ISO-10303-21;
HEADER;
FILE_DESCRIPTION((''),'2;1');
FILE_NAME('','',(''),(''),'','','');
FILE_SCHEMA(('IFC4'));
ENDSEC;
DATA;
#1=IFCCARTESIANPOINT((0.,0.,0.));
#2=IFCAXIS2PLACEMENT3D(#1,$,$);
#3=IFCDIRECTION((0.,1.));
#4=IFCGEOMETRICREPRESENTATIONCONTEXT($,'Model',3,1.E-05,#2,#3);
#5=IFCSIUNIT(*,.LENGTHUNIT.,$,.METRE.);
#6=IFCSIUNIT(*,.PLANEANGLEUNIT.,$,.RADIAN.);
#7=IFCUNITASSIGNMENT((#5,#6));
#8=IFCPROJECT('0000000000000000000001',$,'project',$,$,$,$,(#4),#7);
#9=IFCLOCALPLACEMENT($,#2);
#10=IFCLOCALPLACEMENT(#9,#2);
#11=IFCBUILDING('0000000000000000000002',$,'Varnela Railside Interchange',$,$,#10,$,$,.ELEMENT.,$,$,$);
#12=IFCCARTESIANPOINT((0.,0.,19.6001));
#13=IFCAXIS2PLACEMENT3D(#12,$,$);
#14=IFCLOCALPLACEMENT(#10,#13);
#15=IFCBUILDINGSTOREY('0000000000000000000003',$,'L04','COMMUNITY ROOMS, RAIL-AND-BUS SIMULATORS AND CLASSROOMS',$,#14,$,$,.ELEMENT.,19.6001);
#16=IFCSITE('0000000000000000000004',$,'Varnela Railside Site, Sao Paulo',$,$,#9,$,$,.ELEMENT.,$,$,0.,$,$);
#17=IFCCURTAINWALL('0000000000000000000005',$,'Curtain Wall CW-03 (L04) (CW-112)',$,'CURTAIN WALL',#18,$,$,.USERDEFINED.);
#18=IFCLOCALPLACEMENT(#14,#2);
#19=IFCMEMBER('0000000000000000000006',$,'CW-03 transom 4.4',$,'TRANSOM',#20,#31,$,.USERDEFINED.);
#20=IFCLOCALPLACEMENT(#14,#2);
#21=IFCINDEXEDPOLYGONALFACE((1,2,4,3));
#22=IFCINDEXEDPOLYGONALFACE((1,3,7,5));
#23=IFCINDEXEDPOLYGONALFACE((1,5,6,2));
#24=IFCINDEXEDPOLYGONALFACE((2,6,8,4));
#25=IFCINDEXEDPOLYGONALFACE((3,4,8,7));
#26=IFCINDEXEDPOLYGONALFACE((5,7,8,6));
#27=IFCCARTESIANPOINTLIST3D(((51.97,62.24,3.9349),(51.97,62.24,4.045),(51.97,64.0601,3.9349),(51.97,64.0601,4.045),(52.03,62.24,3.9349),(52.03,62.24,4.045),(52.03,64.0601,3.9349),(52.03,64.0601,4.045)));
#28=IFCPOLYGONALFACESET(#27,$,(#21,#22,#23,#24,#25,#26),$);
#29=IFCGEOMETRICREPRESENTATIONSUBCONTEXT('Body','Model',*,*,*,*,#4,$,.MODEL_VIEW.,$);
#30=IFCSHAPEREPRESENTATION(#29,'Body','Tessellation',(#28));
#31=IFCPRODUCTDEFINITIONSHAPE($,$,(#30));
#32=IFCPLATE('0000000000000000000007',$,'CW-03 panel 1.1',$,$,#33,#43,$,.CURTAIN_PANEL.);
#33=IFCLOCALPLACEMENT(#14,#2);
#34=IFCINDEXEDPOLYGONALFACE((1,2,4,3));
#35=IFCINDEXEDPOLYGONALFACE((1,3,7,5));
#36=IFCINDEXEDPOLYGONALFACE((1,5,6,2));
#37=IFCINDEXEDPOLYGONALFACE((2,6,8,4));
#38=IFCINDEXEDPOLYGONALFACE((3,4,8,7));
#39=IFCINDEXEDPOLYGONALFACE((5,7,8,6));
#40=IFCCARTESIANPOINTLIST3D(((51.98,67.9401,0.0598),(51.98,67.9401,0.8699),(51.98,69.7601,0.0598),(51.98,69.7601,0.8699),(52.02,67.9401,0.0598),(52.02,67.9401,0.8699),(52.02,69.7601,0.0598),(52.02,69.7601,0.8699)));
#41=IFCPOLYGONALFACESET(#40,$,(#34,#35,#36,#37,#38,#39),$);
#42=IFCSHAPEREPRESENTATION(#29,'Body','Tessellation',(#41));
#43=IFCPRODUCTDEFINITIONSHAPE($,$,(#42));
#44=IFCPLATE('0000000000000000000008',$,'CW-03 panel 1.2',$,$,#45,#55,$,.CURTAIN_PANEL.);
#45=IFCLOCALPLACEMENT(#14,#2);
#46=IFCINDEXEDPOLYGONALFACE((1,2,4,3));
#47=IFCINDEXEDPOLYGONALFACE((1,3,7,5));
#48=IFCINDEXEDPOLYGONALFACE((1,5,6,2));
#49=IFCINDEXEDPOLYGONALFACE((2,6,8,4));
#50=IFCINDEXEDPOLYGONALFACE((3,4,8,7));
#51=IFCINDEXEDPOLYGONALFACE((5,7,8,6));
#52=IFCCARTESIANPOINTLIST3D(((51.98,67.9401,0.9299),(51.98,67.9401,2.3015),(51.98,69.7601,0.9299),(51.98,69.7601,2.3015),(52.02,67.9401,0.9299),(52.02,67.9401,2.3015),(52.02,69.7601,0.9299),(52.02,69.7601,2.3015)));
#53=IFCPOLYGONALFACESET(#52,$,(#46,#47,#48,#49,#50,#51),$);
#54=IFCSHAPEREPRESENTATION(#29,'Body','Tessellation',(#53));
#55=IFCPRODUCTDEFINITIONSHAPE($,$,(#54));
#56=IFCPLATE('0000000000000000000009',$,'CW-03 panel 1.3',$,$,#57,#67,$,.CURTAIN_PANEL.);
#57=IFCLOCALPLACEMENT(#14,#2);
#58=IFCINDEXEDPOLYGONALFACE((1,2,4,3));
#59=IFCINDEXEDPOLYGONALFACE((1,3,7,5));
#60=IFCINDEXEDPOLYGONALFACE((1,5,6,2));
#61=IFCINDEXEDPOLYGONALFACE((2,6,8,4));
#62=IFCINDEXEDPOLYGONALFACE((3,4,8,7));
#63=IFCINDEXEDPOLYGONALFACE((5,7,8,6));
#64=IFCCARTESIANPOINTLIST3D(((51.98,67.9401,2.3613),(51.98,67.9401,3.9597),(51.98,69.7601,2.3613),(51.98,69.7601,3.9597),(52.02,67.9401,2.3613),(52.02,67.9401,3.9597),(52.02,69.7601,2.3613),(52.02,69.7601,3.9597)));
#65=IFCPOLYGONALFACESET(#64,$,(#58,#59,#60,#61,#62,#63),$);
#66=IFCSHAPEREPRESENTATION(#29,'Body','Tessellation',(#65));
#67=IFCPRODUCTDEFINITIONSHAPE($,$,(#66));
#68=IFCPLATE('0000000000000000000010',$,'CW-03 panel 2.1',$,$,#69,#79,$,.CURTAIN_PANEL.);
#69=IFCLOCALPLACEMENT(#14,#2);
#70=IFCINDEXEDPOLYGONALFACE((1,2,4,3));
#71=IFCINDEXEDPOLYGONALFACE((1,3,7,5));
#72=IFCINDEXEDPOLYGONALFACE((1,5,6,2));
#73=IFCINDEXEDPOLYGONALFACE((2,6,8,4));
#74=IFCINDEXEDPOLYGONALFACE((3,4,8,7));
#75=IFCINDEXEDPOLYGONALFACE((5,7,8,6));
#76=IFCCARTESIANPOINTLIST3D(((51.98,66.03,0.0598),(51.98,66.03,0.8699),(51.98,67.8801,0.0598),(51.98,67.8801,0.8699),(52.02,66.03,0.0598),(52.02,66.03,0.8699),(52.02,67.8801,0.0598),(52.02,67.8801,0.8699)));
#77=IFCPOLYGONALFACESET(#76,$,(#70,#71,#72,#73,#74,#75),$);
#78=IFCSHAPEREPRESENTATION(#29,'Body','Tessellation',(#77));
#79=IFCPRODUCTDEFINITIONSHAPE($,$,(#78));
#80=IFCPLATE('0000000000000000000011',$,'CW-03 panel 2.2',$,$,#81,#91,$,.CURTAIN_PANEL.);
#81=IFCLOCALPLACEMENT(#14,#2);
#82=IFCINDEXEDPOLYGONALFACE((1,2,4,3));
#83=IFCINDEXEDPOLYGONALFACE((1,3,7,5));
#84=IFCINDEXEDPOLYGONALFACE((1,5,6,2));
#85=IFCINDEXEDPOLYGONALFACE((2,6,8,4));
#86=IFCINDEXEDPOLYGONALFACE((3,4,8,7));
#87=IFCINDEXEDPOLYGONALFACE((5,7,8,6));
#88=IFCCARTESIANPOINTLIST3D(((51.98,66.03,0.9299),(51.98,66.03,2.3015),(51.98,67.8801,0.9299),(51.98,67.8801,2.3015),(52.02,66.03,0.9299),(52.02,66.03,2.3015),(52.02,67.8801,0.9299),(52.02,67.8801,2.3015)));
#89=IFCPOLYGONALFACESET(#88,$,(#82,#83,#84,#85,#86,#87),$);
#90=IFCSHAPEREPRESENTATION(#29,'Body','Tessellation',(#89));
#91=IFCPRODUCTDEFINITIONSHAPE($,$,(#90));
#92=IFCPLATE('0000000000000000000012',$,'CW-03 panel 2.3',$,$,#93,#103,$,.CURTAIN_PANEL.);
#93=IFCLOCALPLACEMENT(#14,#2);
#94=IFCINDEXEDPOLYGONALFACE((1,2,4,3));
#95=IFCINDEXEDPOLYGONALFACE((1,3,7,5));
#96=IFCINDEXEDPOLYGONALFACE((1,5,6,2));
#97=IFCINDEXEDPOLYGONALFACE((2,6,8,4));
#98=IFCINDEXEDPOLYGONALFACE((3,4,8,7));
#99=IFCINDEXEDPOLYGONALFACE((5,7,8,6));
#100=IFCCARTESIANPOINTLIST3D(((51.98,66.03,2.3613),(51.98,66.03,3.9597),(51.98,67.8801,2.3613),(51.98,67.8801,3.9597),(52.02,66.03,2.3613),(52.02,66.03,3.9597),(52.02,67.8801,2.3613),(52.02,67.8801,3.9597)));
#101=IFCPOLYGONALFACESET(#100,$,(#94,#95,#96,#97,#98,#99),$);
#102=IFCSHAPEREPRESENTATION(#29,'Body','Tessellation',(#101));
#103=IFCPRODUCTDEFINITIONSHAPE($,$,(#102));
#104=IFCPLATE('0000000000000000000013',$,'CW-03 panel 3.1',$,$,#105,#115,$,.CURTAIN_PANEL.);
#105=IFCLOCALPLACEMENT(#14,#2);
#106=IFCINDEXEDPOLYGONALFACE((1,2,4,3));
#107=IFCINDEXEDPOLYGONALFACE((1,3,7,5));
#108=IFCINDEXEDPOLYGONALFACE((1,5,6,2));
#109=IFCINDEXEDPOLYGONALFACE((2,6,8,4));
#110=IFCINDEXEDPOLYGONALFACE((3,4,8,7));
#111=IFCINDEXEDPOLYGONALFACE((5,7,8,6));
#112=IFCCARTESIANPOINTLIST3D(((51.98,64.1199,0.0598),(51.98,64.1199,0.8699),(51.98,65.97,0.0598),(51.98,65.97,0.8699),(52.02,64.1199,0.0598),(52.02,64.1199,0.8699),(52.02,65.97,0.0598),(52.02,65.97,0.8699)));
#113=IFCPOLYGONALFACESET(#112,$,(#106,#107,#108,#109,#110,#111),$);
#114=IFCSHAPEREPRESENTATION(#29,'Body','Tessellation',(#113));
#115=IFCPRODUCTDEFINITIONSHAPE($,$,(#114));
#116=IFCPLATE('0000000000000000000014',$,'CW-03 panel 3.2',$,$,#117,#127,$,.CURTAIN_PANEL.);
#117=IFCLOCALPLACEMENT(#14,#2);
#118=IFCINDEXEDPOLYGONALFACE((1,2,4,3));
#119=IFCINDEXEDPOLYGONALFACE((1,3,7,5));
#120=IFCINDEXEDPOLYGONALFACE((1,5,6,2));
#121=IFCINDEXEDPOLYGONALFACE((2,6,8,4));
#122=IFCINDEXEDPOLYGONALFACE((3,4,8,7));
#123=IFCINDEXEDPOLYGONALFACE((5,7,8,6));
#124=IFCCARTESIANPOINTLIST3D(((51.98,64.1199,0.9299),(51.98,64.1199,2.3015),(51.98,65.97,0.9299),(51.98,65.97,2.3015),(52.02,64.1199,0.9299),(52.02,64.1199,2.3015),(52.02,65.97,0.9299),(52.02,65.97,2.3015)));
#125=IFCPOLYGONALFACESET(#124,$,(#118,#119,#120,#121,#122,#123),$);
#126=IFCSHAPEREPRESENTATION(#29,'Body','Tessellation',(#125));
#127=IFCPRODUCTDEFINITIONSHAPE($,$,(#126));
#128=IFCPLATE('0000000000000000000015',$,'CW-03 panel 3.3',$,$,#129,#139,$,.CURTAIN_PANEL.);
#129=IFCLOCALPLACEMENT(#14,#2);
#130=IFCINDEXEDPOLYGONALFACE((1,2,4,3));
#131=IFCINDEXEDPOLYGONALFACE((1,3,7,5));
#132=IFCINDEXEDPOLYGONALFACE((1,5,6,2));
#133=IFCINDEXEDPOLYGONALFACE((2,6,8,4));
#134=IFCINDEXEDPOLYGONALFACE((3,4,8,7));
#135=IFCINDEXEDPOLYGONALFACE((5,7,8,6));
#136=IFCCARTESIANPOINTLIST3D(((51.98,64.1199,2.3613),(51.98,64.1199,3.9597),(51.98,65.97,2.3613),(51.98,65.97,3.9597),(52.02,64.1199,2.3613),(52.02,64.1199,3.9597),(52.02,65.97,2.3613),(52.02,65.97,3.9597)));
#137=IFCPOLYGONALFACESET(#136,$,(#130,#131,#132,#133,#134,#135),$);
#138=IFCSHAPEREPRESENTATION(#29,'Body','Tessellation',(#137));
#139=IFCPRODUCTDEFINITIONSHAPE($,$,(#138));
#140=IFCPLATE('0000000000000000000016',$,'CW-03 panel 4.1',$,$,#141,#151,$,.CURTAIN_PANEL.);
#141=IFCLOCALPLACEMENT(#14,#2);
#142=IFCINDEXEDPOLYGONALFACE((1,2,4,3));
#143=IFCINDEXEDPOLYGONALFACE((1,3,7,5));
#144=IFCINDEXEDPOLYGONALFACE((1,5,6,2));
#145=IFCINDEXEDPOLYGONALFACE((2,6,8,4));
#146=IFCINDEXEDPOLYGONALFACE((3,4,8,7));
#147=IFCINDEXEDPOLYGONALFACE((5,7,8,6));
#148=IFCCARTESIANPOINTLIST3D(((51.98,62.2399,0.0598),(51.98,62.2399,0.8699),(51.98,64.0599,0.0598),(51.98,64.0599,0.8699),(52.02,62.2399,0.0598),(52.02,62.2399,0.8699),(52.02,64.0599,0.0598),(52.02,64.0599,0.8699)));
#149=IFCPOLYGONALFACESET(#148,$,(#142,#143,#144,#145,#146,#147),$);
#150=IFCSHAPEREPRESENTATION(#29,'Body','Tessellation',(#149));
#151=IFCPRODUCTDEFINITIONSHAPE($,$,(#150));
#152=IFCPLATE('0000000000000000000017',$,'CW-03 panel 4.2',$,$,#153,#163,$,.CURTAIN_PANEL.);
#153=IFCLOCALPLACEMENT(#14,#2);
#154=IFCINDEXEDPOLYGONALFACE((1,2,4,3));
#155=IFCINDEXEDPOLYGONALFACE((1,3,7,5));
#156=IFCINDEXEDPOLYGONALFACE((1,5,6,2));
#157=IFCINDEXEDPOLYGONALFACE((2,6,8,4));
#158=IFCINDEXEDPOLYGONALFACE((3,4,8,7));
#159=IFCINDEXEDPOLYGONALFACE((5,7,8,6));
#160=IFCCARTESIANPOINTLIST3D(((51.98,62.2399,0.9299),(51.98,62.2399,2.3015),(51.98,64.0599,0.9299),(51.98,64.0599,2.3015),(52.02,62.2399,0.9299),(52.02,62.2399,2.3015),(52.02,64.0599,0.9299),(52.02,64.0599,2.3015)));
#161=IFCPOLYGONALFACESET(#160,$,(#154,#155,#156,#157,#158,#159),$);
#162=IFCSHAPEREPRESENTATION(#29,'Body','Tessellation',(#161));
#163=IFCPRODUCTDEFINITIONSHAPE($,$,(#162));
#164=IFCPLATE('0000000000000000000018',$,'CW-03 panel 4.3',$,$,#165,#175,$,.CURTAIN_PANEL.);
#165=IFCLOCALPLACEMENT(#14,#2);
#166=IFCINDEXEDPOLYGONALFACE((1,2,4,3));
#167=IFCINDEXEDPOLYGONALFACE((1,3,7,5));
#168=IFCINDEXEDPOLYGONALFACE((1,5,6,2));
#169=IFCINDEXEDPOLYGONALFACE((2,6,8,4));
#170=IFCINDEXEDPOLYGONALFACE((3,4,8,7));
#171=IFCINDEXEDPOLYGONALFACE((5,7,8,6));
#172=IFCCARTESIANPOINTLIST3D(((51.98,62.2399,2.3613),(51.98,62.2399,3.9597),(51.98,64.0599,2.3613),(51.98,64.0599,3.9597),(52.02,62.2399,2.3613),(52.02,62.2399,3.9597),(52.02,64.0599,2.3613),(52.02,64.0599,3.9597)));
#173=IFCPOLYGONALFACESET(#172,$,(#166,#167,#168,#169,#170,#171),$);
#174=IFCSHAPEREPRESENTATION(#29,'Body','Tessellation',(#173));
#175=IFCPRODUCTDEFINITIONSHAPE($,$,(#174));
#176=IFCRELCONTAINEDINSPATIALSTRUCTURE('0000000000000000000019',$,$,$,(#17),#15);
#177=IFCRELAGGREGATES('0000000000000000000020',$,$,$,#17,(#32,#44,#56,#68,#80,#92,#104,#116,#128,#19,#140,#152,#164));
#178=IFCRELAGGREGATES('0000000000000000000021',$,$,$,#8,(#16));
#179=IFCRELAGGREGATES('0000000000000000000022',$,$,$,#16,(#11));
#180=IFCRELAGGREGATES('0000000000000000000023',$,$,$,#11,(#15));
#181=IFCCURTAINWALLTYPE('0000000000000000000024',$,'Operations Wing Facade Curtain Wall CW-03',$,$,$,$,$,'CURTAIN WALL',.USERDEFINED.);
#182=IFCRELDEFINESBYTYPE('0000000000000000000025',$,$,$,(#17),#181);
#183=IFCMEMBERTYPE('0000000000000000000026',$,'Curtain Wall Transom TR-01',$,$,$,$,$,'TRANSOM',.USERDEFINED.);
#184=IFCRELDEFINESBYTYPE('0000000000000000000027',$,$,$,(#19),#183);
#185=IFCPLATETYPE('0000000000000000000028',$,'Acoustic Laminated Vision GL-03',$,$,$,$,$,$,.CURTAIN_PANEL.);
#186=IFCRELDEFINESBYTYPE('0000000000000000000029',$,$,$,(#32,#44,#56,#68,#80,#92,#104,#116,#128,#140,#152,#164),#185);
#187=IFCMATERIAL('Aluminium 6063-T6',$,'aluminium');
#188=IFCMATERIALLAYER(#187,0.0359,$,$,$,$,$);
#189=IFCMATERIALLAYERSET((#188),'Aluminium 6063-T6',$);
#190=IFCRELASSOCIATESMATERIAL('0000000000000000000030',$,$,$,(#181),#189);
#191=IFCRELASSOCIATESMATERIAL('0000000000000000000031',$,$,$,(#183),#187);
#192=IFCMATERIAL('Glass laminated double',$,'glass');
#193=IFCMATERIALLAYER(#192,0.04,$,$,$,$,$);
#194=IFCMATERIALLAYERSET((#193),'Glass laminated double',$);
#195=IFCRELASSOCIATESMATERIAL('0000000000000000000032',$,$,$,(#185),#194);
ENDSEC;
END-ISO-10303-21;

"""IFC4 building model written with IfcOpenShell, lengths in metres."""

from ifc_helpers import new_model, si_unit, direction, frame, origin, origin_2d, place, context, subcontext, project, spatial, rectangle, extrude, material, layer, layer_set, material_profile, profile_set, type_object, element, aggregate, save


model = new_model("IFC4")

# Units and contexts
model_context = context("Model", 3, precision=1e-05, world=origin(), true_north=direction((0.0, 1.0)))
body_context = subcontext(model_context, "Body", "Model", "MODEL_VIEW")
ifc_project = project(units=[si_unit("LENGTHUNIT", "METRE"), si_unit("PLANEANGLEUNIT", "RADIAN")], contexts=[model_context])

# Site, building, storey
site_placement = place(None, origin())
site = spatial("IfcSite", under=ifc_project, at=site_placement, Name="Varnela Railside Site, Sao Paulo", CompositionType="ELEMENT", RefElevation=0.0)
building_placement = place(site_placement, origin())
building = spatial("IfcBuilding", under=site, at=building_placement, Name="Varnela Railside Interchange", CompositionType="ELEMENT")
storey_placement = place(building_placement, frame((0.0, 0.0, 19.6001)))
storey = spatial("IfcBuildingStorey", under=building, at=storey_placement, Name="L04", Description="COMMUNITY ROOMS, RAIL-AND-BUS SIMULATORS AND CLASSROOMS", CompositionType="ELEMENT", Elevation=19.6001)

# Curtain wall, member, plates
ifc_material_1 = material(Name="Aluminium 6063-T6", Category="aluminium")
ifc_layer_1 = layer(ifc_material_1, 0.0359)
ifc_layer_set_1 = layer_set([ifc_layer_1], Name="Aluminium 6063-T6")
curtain_wall_type = type_object("IfcCurtainWallType", Name="Operations Wing Facade Curtain Wall CW-03", ElementType="CURTAIN WALL", PredefinedType="USERDEFINED", material=ifc_layer_set_1)
curtain_wall_placement = place(storey_placement, origin())
curtain_wall = element("IfcCurtainWall", 1, at=curtain_wall_placement, inside=storey, type_object=curtain_wall_type, Name="Curtain Wall CW-03 (L04) (CW-112)", ObjectType="CURTAIN WALL", PredefinedType="USERDEFINED")
ifc_material_profile = material_profile(ifc_material_1, rectangle(XDim=0.0601, YDim=0.1101, at=origin_2d()), Name="ALU 60x110")
ifc_profile_set = profile_set([ifc_material_profile], Name="Aluminium 6063-T6")
member_type = type_object("IfcMemberType", Name="Curtain Wall Transom TR-01", ElementType="TRANSOM", PredefinedType="USERDEFINED", material=ifc_profile_set)
member_1_placement = place(storey_placement, frame((52.0, 64.0601, 3.99), z_axis=(0.0, -1.0, 0.0), x_axis=(1.0, 0.0, 0.0)))
member_1 = element("IfcMember", 2, at=member_1_placement, type_object=member_type, Name="CW-03 transom 4.4", ObjectType="TRANSOM", PredefinedType="USERDEFINED", context=body_context, shape_type="SweptSolid", body=[
    extrude(rectangle(XDim=0.0601, YDim=0.1101, at=origin_2d()), origin(), (0.0, 0.0, 1.0), 1.8201),
])
ifc_material_2 = material(Name="Glass laminated double", Category="glass")
ifc_layer_2 = layer(ifc_material_2, 0.04)
ifc_layer_set_2 = layer_set([ifc_layer_2], Name="Glass laminated double")
plate_type = type_object("IfcPlateType", Name="Acoustic Laminated Vision GL-03", PredefinedType="CURTAIN_PANEL", material=ifc_layer_set_2)
plate_1_placement = place(storey_placement, frame((52.0, 68.8501, 0.0598), z_axis=(0.0, 0.0, 1.0), x_axis=(0.0, -1.0, 0.0)))
plate_1 = element("IfcPlate", 3, at=plate_1_placement, type_object=plate_type, Name="CW-03 panel 1.1", PredefinedType="CURTAIN_PANEL", context=body_context, shape_type="SweptSolid", body=[
    extrude(rectangle(XDim=1.8201, YDim=0.04, at=origin_2d()), origin(), (0.0, 0.0, 1.0), 0.8101),
])
plate_2_placement = place(storey_placement, frame((52.0, 68.8501, 0.9299), z_axis=(0.0, 0.0, 1.0), x_axis=(0.0, -1.0, 0.0)))
plate_2 = element("IfcPlate", 4, at=plate_2_placement, type_object=plate_type, Name="CW-03 panel 1.2", PredefinedType="CURTAIN_PANEL", context=body_context, shape_type="SweptSolid", body=[
    extrude(rectangle(XDim=1.8201, YDim=0.04, at=origin_2d()), origin(), (0.0, 0.0, 1.0), 1.3716),
])
plate_3_placement = place(storey_placement, frame((52.0, 68.8501, 2.3613), z_axis=(0.0, 0.0, 1.0), x_axis=(0.0, -1.0, 0.0)))
plate_3 = element("IfcPlate", 5, at=plate_3_placement, type_object=plate_type, Name="CW-03 panel 1.3", PredefinedType="CURTAIN_PANEL", context=body_context, shape_type="SweptSolid", body=[
    extrude(rectangle(XDim=1.8201, YDim=0.04, at=origin_2d()), origin(), (0.0, 0.0, 1.0), 1.5984),
])
plate_4_placement = place(storey_placement, frame((52.0, 66.9551, 0.0598), z_axis=(0.0, 0.0, 1.0), x_axis=(0.0, -1.0, 0.0)))
plate_4 = element("IfcPlate", 6, at=plate_4_placement, type_object=plate_type, Name="CW-03 panel 2.1", PredefinedType="CURTAIN_PANEL", context=body_context, shape_type="SweptSolid", body=[
    extrude(rectangle(XDim=1.8501, YDim=0.04, at=origin_2d()), origin(), (0.0, 0.0, 1.0), 0.8101),
])
plate_5_placement = place(storey_placement, frame((52.0, 66.9551, 0.9299), z_axis=(0.0, 0.0, 1.0), x_axis=(0.0, -1.0, 0.0)))
plate_5 = element("IfcPlate", 7, at=plate_5_placement, type_object=plate_type, Name="CW-03 panel 2.2", PredefinedType="CURTAIN_PANEL", context=body_context, shape_type="SweptSolid", body=[
    extrude(rectangle(XDim=1.8501, YDim=0.04, at=origin_2d()), origin(), (0.0, 0.0, 1.0), 1.3716),
])
plate_6_placement = place(storey_placement, frame((52.0, 66.9551, 2.3613), z_axis=(0.0, 0.0, 1.0), x_axis=(0.0, -1.0, 0.0)))
plate_6 = element("IfcPlate", 8, at=plate_6_placement, type_object=plate_type, Name="CW-03 panel 2.3", PredefinedType="CURTAIN_PANEL", context=body_context, shape_type="SweptSolid", body=[
    extrude(rectangle(XDim=1.8501, YDim=0.04, at=origin_2d()), origin(), (0.0, 0.0, 1.0), 1.5984),
])
plate_7_placement = place(storey_placement, frame((52.0, 65.0449, 0.0598), z_axis=(0.0, 0.0, 1.0), x_axis=(0.0, -1.0, 0.0)))
plate_7 = element("IfcPlate", 9, at=plate_7_placement, type_object=plate_type, Name="CW-03 panel 3.1", PredefinedType="CURTAIN_PANEL", context=body_context, shape_type="SweptSolid", body=[
    extrude(rectangle(XDim=1.8501, YDim=0.04, at=origin_2d()), origin(), (0.0, 0.0, 1.0), 0.8101),
])
plate_8_placement = place(storey_placement, frame((52.0, 65.0449, 0.9299), z_axis=(0.0, 0.0, 1.0), x_axis=(0.0, -1.0, 0.0)))
plate_8 = element("IfcPlate", 10, at=plate_8_placement, type_object=plate_type, Name="CW-03 panel 3.2", PredefinedType="CURTAIN_PANEL", context=body_context, shape_type="SweptSolid", body=[
    extrude(rectangle(XDim=1.8501, YDim=0.04, at=origin_2d()), origin(), (0.0, 0.0, 1.0), 1.3716),
])
plate_9_placement = place(storey_placement, frame((52.0, 65.0449, 2.3613), z_axis=(0.0, 0.0, 1.0), x_axis=(0.0, -1.0, 0.0)))
plate_9 = element("IfcPlate", 11, at=plate_9_placement, type_object=plate_type, Name="CW-03 panel 3.3", PredefinedType="CURTAIN_PANEL", context=body_context, shape_type="SweptSolid", body=[
    extrude(rectangle(XDim=1.8501, YDim=0.04, at=origin_2d()), origin(), (0.0, 0.0, 1.0), 1.5984),
])
plate_10_placement = place(storey_placement, frame((52.0, 63.1499, 0.0598), z_axis=(0.0, 0.0, 1.0), x_axis=(0.0, -1.0, 0.0)))
plate_10 = element("IfcPlate", 12, at=plate_10_placement, type_object=plate_type, Name="CW-03 panel 4.1", PredefinedType="CURTAIN_PANEL", context=body_context, shape_type="SweptSolid", body=[
    extrude(rectangle(XDim=1.8201, YDim=0.04, at=origin_2d()), origin(), (0.0, 0.0, 1.0), 0.8101),
])
plate_11_placement = place(storey_placement, frame((52.0, 63.1499, 0.9299), z_axis=(0.0, 0.0, 1.0), x_axis=(0.0, -1.0, 0.0)))
plate_11 = element("IfcPlate", 13, at=plate_11_placement, type_object=plate_type, Name="CW-03 panel 4.2", PredefinedType="CURTAIN_PANEL", context=body_context, shape_type="SweptSolid", body=[
    extrude(rectangle(XDim=1.8201, YDim=0.04, at=origin_2d()), origin(), (0.0, 0.0, 1.0), 1.3716),
])
plate_12_placement = place(storey_placement, frame((52.0, 63.1499, 2.3613), z_axis=(0.0, 0.0, 1.0), x_axis=(0.0, -1.0, 0.0)))
plate_12 = element("IfcPlate", 14, at=plate_12_placement, type_object=plate_type, Name="CW-03 panel 4.3", PredefinedType="CURTAIN_PANEL", context=body_context, shape_type="SweptSolid", body=[
    extrude(rectangle(XDim=1.8201, YDim=0.04, at=origin_2d()), origin(), (0.0, 0.0, 1.0), 1.5984),
])
aggregate(curtain_wall, [plate_1, plate_2, plate_3, plate_4, plate_5, plate_6, plate_7, plate_8, plate_9, member_1, plate_10, plate_11, plate_12])

save(model, "model.ifc")
